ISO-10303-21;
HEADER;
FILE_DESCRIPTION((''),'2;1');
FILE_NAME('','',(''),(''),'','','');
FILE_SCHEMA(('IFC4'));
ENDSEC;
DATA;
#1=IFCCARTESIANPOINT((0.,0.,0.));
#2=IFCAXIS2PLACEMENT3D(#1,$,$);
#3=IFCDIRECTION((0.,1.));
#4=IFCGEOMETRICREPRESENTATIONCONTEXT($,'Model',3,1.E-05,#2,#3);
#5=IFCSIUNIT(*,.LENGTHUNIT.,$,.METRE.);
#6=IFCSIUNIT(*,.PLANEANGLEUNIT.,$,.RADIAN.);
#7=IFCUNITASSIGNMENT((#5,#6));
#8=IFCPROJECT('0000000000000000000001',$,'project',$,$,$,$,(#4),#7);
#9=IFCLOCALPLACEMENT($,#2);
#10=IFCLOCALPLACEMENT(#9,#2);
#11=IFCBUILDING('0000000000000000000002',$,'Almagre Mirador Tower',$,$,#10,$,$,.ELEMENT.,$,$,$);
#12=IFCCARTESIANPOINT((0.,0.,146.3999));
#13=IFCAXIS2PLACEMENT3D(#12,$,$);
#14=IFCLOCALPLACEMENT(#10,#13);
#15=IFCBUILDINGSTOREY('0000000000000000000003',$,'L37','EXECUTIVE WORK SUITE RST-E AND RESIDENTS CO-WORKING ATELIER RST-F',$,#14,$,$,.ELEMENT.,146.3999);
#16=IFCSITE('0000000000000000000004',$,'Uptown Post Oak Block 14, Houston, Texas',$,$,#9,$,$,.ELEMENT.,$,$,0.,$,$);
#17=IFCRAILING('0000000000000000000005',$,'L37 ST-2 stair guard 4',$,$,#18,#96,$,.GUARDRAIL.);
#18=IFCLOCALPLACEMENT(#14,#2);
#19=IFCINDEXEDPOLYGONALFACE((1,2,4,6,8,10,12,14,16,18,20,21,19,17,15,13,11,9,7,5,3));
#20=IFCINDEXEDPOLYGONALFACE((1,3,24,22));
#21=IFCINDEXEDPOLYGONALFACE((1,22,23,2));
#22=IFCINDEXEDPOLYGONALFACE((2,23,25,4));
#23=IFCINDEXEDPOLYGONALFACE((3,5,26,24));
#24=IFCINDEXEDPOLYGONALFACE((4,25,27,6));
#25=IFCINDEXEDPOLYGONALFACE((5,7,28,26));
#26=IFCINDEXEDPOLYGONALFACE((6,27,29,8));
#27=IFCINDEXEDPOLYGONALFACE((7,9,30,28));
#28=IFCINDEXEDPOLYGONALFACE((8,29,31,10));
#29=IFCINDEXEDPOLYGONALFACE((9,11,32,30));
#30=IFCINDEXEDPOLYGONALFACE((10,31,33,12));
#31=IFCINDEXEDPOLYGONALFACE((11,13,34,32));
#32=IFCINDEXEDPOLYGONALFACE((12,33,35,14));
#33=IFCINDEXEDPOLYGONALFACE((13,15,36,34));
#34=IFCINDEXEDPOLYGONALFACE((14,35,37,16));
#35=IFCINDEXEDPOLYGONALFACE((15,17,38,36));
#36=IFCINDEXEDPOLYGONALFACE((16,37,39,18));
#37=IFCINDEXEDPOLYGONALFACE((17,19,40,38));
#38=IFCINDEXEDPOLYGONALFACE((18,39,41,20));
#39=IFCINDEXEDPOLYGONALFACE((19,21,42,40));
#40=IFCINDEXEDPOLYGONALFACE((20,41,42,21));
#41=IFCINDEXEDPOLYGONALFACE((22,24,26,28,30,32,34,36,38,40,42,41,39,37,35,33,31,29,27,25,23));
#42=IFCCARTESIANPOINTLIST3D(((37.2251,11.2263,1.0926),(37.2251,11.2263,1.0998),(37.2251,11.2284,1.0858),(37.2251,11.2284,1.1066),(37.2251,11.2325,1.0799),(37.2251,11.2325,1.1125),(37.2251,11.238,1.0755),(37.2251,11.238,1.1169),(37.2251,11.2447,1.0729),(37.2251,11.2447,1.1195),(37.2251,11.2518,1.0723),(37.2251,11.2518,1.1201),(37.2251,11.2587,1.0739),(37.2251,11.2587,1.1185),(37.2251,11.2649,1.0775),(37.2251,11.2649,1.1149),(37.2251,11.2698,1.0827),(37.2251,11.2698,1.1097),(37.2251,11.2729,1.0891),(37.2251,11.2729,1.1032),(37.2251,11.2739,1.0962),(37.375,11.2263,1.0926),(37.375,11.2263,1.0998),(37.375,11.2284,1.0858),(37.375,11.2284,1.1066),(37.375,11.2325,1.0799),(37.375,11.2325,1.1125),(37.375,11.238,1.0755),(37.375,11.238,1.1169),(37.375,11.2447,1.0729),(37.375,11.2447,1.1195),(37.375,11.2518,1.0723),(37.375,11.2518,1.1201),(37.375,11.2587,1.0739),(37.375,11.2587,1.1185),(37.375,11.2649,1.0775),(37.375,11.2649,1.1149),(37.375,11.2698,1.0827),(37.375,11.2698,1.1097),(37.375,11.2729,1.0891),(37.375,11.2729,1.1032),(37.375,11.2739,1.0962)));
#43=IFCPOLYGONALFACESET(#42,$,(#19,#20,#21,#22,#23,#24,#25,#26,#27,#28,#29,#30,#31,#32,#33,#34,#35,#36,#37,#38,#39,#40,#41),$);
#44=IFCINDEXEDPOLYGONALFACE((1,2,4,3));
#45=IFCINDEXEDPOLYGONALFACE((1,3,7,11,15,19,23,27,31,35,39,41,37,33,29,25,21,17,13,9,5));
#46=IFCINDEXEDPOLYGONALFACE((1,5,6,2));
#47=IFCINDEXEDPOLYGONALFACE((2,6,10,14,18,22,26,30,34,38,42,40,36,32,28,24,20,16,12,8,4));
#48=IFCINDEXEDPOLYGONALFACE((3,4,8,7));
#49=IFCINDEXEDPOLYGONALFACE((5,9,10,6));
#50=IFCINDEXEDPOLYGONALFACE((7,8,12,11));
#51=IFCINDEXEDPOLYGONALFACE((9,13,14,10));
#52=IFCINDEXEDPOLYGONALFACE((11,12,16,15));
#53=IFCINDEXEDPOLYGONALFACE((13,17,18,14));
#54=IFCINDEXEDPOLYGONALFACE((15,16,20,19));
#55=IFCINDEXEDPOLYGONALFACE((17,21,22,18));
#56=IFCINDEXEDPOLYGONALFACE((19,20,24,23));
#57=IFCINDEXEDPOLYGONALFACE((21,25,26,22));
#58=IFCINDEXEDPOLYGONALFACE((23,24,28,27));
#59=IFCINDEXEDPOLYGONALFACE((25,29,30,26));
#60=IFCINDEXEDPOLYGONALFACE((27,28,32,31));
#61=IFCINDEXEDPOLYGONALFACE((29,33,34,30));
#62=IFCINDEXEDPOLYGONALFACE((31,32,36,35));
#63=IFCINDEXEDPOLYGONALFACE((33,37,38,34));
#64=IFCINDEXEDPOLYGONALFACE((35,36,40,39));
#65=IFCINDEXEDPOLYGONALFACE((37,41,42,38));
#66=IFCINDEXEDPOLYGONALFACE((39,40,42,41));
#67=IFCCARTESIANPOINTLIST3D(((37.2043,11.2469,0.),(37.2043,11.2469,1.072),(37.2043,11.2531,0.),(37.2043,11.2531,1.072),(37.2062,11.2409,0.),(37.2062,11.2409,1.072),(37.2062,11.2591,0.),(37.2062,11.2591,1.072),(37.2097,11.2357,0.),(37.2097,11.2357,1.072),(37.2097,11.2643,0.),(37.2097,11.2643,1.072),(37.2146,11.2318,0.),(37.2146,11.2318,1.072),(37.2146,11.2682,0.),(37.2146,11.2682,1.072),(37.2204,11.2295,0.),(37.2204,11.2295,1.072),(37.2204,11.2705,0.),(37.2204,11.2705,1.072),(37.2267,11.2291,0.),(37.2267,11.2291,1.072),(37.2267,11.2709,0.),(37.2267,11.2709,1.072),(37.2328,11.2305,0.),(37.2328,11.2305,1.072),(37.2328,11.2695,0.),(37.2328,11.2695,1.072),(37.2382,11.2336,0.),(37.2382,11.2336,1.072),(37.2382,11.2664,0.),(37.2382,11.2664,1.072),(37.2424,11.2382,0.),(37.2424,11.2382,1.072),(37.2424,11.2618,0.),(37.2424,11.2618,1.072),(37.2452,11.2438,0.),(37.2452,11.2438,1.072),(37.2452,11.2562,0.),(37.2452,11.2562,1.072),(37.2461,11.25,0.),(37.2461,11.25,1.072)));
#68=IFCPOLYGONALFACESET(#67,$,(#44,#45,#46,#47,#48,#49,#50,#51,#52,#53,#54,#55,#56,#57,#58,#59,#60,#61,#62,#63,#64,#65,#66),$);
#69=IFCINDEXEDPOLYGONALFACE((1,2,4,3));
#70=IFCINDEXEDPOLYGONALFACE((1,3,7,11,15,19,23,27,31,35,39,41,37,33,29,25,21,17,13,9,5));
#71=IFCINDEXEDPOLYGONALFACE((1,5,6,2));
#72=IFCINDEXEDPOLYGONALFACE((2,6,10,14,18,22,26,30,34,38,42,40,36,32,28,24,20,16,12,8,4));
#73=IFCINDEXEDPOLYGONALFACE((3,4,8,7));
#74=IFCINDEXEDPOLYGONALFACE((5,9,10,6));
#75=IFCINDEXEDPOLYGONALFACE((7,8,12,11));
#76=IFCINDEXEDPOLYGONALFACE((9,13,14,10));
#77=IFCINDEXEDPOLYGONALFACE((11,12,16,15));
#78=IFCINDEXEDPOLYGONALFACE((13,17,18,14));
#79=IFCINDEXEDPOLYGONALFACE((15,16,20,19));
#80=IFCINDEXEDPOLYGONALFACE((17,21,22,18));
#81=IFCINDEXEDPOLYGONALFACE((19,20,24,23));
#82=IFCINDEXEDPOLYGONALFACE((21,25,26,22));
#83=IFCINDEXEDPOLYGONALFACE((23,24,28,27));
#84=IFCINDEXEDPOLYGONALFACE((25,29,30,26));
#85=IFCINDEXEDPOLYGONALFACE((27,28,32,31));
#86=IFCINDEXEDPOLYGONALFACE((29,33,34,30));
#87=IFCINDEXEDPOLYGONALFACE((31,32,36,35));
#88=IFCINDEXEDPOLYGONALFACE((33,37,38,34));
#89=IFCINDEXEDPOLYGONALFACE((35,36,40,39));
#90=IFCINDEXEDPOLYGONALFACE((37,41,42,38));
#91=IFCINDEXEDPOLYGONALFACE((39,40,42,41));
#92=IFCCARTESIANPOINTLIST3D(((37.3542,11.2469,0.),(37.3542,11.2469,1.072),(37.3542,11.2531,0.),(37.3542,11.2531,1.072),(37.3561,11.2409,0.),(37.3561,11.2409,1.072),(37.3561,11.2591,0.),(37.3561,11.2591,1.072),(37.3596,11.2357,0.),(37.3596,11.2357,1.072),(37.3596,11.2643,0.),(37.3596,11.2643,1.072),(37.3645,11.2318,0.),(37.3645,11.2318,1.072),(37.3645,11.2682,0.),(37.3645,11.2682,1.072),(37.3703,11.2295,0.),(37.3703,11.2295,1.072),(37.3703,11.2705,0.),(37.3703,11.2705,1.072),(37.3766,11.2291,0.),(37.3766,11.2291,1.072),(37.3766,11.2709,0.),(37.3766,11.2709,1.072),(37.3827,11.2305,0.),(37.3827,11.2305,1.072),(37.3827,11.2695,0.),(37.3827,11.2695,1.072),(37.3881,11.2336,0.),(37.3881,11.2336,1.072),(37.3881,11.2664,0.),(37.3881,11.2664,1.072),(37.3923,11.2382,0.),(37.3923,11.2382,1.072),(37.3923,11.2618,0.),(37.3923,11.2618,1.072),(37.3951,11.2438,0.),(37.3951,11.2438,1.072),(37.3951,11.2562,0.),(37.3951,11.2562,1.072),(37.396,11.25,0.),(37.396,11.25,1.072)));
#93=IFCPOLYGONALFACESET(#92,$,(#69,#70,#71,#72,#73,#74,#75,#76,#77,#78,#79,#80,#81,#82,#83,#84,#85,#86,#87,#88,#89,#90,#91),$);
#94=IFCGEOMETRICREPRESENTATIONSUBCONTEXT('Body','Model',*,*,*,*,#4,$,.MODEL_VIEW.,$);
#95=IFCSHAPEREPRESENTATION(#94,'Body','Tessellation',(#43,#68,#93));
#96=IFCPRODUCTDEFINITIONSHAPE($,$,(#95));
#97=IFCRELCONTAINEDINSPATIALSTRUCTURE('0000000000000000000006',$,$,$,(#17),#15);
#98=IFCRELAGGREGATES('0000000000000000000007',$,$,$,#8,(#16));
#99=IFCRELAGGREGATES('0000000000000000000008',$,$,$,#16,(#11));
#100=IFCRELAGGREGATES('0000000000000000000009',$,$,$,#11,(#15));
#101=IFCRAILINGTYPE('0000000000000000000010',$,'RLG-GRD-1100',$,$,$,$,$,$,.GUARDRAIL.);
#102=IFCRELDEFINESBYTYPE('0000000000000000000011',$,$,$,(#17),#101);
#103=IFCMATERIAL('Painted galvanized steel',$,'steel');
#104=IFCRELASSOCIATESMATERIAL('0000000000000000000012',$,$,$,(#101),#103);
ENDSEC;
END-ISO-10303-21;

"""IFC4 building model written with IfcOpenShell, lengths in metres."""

from ifc_helpers import new_model, si_unit, direction, frame, origin, origin_2d, place, context, subcontext, project, spatial, circle, extrude, material, type_object, element, save


model = new_model("IFC4")

# Units and contexts
model_context = context("Model", 3, precision=1e-05, world=origin(), true_north=direction((0.0, 1.0)))
body_context = subcontext(model_context, "Body", "Model", "MODEL_VIEW")
ifc_project = project(units=[si_unit("LENGTHUNIT", "METRE"), si_unit("PLANEANGLEUNIT", "RADIAN")], contexts=[model_context])

# Site, building, storey
site_placement = place(None, origin())
site = spatial("IfcSite", under=ifc_project, at=site_placement, Name="Uptown Post Oak Block 14, Houston, Texas", CompositionType="ELEMENT", RefElevation=0.0)
building_placement = place(site_placement, origin())
building = spatial("IfcBuilding", under=site, at=building_placement, Name="Almagre Mirador Tower", CompositionType="ELEMENT")
storey_placement = place(building_placement, frame((0.0, 0.0, 146.3999)))
storey = spatial("IfcBuildingStorey", under=building, at=storey_placement, Name="L37", Description="EXECUTIVE WORK SUITE RST-E AND RESIDENTS CO-WORKING ATELIER RST-F", CompositionType="ELEMENT", Elevation=146.3999)

# Railing
ifc_material_1 = material(Name="Painted galvanized steel", Category="steel")
railing_type_1 = type_object("IfcRailingType", Name="RLG-GRD-1100", PredefinedType="GUARDRAIL", material=ifc_material_1)
railing_1_placement = place(storey_placement, frame((37.2251, 11.25, 0.0)))
element("IfcRailing", 1, at=railing_1_placement, inside=storey, type_object=railing_type_1, Name="L37 ST-2 stair guard 4", PredefinedType="GUARDRAIL", context=body_context, shape_type="SweptSolid", body=[
    extrude(circle(Radius=0.0239, at=origin_2d()), frame((0.0, 0.0, 1.0962), z_axis=(1.0, 0.0, 0.0), x_axis=(0.0, 1.0, 0.0)), (0.0, 0.0, 1.0), 0.1499),
    extrude(circle(Radius=0.021, at=origin_2d()), origin(), (0.0, 0.0, 1.0), 1.072),
    extrude(circle(Radius=0.021, at=origin_2d()), frame((0.1499, 0.0, 0.0)), (0.0, 0.0, 1.0), 1.072),
])

save(model, "model.ifc")
